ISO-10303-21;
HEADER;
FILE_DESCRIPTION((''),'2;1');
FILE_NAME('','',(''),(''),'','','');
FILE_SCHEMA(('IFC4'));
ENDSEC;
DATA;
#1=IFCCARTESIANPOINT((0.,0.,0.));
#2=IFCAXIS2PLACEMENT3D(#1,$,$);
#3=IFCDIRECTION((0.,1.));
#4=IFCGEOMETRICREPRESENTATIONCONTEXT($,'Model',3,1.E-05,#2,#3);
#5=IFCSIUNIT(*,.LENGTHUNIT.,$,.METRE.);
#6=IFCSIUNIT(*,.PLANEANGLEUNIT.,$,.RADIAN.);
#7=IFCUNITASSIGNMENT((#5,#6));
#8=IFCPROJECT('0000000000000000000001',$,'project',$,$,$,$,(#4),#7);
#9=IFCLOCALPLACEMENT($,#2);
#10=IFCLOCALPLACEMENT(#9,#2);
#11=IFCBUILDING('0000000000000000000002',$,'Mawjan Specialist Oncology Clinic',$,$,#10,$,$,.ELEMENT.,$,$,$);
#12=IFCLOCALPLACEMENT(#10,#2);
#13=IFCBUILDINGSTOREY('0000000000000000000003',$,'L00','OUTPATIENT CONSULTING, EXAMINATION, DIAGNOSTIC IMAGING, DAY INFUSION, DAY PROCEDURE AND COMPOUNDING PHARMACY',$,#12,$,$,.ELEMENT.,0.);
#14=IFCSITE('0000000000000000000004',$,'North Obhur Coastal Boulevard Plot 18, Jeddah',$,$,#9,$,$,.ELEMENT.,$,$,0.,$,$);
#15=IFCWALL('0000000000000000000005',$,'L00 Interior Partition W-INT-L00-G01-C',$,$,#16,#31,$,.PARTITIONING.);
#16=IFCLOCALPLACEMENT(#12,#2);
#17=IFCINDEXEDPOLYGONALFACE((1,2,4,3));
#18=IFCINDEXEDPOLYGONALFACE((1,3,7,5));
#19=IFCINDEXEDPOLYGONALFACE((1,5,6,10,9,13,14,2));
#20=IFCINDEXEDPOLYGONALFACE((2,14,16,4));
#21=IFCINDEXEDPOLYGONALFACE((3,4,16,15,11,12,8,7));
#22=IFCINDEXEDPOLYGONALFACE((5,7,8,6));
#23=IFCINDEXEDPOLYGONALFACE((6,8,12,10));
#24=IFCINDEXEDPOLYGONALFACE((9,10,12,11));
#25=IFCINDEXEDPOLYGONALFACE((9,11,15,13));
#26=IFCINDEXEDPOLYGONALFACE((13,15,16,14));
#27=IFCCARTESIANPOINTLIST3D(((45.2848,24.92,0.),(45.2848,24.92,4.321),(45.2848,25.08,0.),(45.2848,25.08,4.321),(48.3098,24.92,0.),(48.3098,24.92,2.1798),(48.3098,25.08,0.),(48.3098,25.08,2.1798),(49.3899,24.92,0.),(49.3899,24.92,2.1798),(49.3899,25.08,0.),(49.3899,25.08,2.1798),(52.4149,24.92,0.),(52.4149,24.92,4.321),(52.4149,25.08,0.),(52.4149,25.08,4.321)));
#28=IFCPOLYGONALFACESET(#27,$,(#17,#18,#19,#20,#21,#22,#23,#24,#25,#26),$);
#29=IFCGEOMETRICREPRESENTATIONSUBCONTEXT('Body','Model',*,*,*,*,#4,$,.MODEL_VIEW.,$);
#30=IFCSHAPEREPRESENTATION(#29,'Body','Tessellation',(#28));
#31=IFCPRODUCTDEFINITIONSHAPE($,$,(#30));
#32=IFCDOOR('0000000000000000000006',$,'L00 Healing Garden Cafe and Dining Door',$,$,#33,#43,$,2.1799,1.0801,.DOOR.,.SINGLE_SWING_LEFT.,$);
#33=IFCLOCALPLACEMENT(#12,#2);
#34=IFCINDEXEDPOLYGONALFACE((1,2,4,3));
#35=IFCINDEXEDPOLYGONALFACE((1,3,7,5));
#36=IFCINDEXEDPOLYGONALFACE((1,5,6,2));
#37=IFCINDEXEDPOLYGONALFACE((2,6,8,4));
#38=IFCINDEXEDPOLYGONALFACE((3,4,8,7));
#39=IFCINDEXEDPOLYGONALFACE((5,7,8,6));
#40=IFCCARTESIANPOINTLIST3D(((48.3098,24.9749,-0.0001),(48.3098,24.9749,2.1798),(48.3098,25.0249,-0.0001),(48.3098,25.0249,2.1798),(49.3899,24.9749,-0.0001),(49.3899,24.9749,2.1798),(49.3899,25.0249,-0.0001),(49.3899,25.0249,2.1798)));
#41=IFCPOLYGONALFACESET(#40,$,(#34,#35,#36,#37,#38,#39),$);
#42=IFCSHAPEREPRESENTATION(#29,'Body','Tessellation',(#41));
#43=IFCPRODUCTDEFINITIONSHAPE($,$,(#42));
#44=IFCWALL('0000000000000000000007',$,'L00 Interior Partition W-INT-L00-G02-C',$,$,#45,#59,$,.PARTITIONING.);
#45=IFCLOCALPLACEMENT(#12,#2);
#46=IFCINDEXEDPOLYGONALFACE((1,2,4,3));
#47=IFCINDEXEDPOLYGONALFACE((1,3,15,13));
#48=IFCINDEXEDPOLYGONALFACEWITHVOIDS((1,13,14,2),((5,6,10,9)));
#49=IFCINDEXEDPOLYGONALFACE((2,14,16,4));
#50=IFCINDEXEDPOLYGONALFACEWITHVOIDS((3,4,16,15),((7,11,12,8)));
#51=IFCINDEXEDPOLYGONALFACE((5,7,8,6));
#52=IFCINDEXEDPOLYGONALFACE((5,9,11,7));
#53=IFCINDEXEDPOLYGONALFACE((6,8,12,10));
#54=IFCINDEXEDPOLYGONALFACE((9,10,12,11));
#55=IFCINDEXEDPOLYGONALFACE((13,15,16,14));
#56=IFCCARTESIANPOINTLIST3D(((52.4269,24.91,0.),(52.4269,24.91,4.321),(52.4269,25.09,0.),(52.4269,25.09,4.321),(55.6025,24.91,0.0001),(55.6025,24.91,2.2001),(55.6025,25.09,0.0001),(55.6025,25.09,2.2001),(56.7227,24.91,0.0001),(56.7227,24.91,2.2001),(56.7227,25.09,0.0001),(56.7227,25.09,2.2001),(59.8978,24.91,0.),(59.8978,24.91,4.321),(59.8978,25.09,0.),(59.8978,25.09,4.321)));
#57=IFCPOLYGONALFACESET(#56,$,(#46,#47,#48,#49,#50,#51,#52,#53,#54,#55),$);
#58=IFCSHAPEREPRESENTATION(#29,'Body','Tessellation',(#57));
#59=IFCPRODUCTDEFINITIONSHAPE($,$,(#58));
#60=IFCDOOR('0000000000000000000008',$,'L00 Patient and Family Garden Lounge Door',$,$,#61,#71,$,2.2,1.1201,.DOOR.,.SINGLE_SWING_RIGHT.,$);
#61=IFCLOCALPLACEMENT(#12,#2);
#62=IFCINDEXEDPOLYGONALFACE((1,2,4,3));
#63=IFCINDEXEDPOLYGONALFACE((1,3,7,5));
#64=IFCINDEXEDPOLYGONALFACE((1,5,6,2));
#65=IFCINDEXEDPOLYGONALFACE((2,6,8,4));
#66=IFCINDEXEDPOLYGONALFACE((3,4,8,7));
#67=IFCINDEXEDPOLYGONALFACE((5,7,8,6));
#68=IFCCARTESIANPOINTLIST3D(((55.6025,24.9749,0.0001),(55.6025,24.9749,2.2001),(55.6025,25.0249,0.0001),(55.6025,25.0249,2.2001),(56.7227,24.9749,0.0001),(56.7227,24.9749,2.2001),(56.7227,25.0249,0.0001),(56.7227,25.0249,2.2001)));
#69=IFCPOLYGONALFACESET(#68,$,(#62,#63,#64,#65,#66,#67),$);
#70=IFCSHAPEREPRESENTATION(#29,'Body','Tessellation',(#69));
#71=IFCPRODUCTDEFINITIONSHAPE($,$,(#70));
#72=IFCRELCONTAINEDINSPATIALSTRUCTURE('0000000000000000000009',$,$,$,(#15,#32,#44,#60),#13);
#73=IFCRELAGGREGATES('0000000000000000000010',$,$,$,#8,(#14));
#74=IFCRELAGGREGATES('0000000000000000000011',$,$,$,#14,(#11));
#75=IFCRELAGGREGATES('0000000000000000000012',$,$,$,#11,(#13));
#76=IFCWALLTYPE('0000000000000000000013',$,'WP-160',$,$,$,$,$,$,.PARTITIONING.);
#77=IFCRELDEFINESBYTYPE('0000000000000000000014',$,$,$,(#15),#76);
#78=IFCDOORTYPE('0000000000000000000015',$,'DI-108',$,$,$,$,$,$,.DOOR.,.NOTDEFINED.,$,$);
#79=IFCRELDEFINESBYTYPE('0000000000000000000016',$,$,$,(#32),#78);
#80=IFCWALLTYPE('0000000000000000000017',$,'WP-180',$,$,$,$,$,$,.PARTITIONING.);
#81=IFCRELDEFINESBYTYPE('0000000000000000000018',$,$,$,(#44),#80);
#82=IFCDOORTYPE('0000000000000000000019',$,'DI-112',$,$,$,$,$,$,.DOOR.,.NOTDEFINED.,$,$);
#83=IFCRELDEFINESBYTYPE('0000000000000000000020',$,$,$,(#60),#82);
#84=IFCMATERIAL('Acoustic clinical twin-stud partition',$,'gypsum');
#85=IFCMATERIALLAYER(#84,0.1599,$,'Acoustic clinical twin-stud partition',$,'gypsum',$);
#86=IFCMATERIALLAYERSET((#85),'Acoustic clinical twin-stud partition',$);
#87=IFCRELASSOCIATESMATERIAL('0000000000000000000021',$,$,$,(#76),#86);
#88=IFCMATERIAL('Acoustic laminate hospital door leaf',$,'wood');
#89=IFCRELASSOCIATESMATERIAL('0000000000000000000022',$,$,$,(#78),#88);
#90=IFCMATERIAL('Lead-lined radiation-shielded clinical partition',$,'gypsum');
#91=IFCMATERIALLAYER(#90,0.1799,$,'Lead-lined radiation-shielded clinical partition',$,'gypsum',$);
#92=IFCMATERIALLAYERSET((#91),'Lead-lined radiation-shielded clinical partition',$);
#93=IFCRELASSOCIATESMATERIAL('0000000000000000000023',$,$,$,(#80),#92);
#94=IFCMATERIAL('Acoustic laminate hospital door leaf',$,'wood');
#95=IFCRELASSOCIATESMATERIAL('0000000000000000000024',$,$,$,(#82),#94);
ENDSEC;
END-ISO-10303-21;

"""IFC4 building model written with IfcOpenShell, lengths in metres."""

from ifc_helpers import new_model, si_unit, direction, frame, frame_2d, origin, place, context, subcontext, project, spatial, rectangle, extrude, material, layer, layer_set, type_object, element, fill, save


model = new_model("IFC4")

# Units and contexts
model_context = context("Model", 3, precision=1e-05, world=origin(), true_north=direction((0.0, 1.0)))
body_context = subcontext(model_context, "Body", "Model", "MODEL_VIEW")
ifc_project = project(units=[si_unit("LENGTHUNIT", "METRE"), si_unit("PLANEANGLEUNIT", "RADIAN")], contexts=[model_context])

# Site, building, storey
site_placement = place(None, origin())
site = spatial("IfcSite", under=ifc_project, at=site_placement, Name="North Obhur Coastal Boulevard Plot 18, Jeddah", CompositionType="ELEMENT", RefElevation=0.0)
building_placement = place(site_placement, origin())
building = spatial("IfcBuilding", under=site, at=building_placement, Name="Mawjan Specialist Oncology Clinic", CompositionType="ELEMENT")
storey_placement = place(building_placement, origin())
storey = spatial("IfcBuildingStorey", under=building, at=storey_placement, Name="L00", Description="OUTPATIENT CONSULTING, EXAMINATION, DIAGNOSTIC IMAGING, DAY INFUSION, DAY PROCEDURE AND COMPOUNDING PHARMACY", CompositionType="ELEMENT", Elevation=0.0)

# Walls, openings, doors
ifc_material_1 = material(Name="Acoustic clinical twin-stud partition", Category="gypsum")
ifc_layer_1 = layer(ifc_material_1, 0.1599, Name="Acoustic clinical twin-stud partition", Category="gypsum")
ifc_layer_set_1 = layer_set([ifc_layer_1], Name="Acoustic clinical twin-stud partition")
wall_type_1 = type_object("IfcWallType", Name="WP-160", PredefinedType="PARTITIONING", material=ifc_layer_set_1)
wall_1_placement = place(storey_placement, frame((45.2849, 25.0, 0.0), z_axis=(0.0, 0.0, 1.0), x_axis=(1.0, 0.0, 0.0)))
wall_1 = element("IfcWall", 1, at=wall_1_placement, inside=storey, type_object=wall_type_1, Name="L00 Interior Partition W-INT-L00-G01-C", PredefinedType="PARTITIONING", context=body_context, shape_type="SweptSolid", body=[
    extrude(rectangle(XDim=7.1301, YDim=0.1599, at=frame_2d((3.5649, 0.0))), origin(), (0.0, 0.0, 1.0), 4.321),
])
opening_1_placement = place(wall_1_placement, frame((3.0249, 0.0, 0.0)))
opening_1 = element("IfcOpeningElement", 2, at=opening_1_placement, cuts=wall_1, PredefinedType="OPENING", context=body_context, shape_type="SweptSolid", body=[
    extrude(rectangle(XDim=1.0801, YDim=2.1799, at=frame_2d((0.54, 1.0898))), frame((0.0, 0.092, 0.0), z_axis=(0.0, -1.0, 0.0), x_axis=(1.0, 0.0, 0.0)), (0.0, 0.0, 1.0), 0.1838),
])
ifc_material_2 = material(Name="Acoustic laminate hospital door leaf", Category="wood")
door_type_1 = type_object("IfcDoorType", Name="DI-108", OperationType="NOTDEFINED", PredefinedType="DOOR", material=ifc_material_2)
door_1_placement = place(opening_1_placement, origin())
door_1 = element("IfcDoor", 3, at=door_1_placement, inside=storey, type_object=door_type_1, Name="L00 Healing Garden Cafe and Dining Door", OperationType="SINGLE_SWING_LEFT", OverallHeight=2.1799, OverallWidth=1.0801, PredefinedType="DOOR", context=body_context, shape_type="SweptSolid", body=[
    extrude(rectangle(XDim=1.0801, YDim=2.1799, at=frame_2d((0.54, 1.0898))), frame((0.0, 0.0249, 0.0), z_axis=(0.0, -1.0, 0.0), x_axis=(1.0, 0.0, 0.0)), (0.0, 0.0, 1.0), 0.05),
])
fill(opening_1, door_1)
ifc_material_3 = material(Name="Lead-lined radiation-shielded clinical partition", Category="gypsum")
ifc_layer_2 = layer(ifc_material_3, 0.1799, Name="Lead-lined radiation-shielded clinical partition", Category="gypsum")
ifc_layer_set_2 = layer_set([ifc_layer_2], Name="Lead-lined radiation-shielded clinical partition")
wall_type_2 = type_object("IfcWallType", Name="WP-180", PredefinedType="PARTITIONING", material=ifc_layer_set_2)
wall_2_placement = place(storey_placement, frame((52.427, 25.0, 0.0), z_axis=(0.0, 0.0, 1.0), x_axis=(1.0, 0.0, 0.0)))
wall_2 = element("IfcWall", 4, at=wall_2_placement, inside=storey, type_object=wall_type_2, Name="L00 Interior Partition W-INT-L00-G02-C", PredefinedType="PARTITIONING", context=body_context, shape_type="SweptSolid", body=[
    extrude(rectangle(XDim=7.4709, YDim=0.1799, at=frame_2d((3.7354, 0.0))), origin(), (0.0, 0.0, 1.0), 4.321),
])
opening_2_placement = place(wall_2_placement, frame((3.1755, 0.0, 0.0)))
opening_2 = element("IfcOpeningElement", 5, at=opening_2_placement, cuts=wall_2, PredefinedType="OPENING", context=body_context, shape_type="SweptSolid", body=[
    extrude(rectangle(XDim=1.1201, YDim=2.2, at=frame_2d((0.5601, 1.1001))), frame((0.0, 0.1021, 0.0), z_axis=(0.0, -1.0, 0.0), x_axis=(1.0, 0.0, 0.0)), (0.0, 0.0, 1.0), 0.2039),
])
ifc_material_4 = material(Name="Acoustic laminate hospital door leaf", Category="wood")
door_type_2 = type_object("IfcDoorType", Name="DI-112", OperationType="NOTDEFINED", PredefinedType="DOOR", material=ifc_material_4)
door_2_placement = place(opening_2_placement, origin())
door_2 = element("IfcDoor", 6, at=door_2_placement, inside=storey, type_object=door_type_2, Name="L00 Patient and Family Garden Lounge Door", OperationType="SINGLE_SWING_RIGHT", OverallHeight=2.2, OverallWidth=1.1201, PredefinedType="DOOR", context=body_context, shape_type="SweptSolid", body=[
    extrude(rectangle(XDim=1.1201, YDim=2.2, at=frame_2d((0.5601, 1.1001))), frame((0.0, 0.0249, 0.0), z_axis=(0.0, -1.0, 0.0), x_axis=(1.0, 0.0, 0.0)), (0.0, 0.0, 1.0), 0.05),
])
fill(opening_2, door_2)

save(model, "model.ifc")
